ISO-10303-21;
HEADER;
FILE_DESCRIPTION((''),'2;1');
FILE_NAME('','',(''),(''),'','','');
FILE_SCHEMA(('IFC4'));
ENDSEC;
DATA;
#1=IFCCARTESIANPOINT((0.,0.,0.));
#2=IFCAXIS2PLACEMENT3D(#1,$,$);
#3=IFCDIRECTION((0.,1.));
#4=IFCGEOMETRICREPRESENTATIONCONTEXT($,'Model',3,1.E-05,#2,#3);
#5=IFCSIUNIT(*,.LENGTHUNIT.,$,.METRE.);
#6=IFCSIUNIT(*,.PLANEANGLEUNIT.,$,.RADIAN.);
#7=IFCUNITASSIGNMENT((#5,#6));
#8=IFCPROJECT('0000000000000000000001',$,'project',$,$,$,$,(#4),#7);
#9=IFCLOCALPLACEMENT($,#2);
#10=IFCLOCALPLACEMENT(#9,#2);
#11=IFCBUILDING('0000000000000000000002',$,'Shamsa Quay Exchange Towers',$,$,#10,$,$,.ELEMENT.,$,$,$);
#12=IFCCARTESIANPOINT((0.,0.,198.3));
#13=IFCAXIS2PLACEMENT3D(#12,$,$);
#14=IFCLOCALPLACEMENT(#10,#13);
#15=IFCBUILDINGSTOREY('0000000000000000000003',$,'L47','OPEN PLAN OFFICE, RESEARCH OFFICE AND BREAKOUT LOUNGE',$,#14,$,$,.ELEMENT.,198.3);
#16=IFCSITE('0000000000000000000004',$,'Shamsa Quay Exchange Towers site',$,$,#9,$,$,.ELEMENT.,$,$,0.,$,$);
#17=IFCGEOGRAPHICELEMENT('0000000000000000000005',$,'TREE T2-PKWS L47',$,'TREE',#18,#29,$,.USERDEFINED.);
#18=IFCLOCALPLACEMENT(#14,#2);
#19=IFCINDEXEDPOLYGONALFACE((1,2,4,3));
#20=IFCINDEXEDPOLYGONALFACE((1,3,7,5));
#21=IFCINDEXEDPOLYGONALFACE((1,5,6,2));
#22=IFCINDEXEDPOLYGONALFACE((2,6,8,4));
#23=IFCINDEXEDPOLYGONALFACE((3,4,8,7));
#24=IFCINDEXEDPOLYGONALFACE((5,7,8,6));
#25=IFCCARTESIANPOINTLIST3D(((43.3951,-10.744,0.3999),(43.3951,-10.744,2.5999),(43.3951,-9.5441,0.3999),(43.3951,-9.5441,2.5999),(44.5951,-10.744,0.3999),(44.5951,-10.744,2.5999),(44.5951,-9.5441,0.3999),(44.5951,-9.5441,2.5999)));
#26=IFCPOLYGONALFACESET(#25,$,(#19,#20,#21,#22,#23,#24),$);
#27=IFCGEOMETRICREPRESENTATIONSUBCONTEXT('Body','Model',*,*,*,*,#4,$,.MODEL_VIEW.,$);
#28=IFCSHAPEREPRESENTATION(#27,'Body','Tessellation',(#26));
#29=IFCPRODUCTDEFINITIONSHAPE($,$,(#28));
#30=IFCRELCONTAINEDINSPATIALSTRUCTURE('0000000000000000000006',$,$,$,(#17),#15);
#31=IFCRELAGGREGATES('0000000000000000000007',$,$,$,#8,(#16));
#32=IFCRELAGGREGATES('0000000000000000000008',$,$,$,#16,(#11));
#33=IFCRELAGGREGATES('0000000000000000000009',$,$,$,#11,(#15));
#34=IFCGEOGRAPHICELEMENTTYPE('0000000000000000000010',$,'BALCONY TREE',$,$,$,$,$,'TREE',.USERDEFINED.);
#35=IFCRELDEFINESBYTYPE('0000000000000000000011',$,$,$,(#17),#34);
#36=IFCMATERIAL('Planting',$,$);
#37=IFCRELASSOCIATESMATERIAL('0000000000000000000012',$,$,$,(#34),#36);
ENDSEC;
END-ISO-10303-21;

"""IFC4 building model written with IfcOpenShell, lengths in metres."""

from ifc_helpers import new_model, si_unit, direction, frame, origin, origin_2d, place, context, subcontext, project, spatial, rectangle, extrude, material, type_object, element, save


model = new_model("IFC4")

# Units and contexts
model_context = context("Model", 3, precision=1e-05, world=origin(), true_north=direction((0.0, 1.0)))
body_context = subcontext(model_context, "Body", "Model", "MODEL_VIEW")
ifc_project = project(units=[si_unit("LENGTHUNIT", "METRE"), si_unit("PLANEANGLEUNIT", "RADIAN")], contexts=[model_context])

# Site, building, storey
site_placement = place(None, origin())
site = spatial("IfcSite", under=ifc_project, at=site_placement, Name="Shamsa Quay Exchange Towers site", CompositionType="ELEMENT", RefElevation=0.0)
building_placement = place(site_placement, origin())
building = spatial("IfcBuilding", under=site, at=building_placement, Name="Shamsa Quay Exchange Towers", CompositionType="ELEMENT")
storey_placement = place(building_placement, frame((0.0, 0.0, 198.3)))
storey = spatial("IfcBuildingStorey", under=building, at=storey_placement, Name="L47", Description="OPEN PLAN OFFICE, RESEARCH OFFICE AND BREAKOUT LOUNGE", CompositionType="ELEMENT", Elevation=198.3)

# Geographic element
ifc_material_1 = material(Name="Planting")
geographic_element_type = type_object("IfcGeographicElementType", Name="BALCONY TREE", ElementType="TREE", PredefinedType="USERDEFINED", material=ifc_material_1)
geographic_element_placement = place(storey_placement, frame((43.9951, -10.144, 0.3999), z_axis=(0.0, 0.0, 1.0), x_axis=(0.0, 1.0, 0.0)))
element("IfcGeographicElement", 1, at=geographic_element_placement, inside=storey, type_object=geographic_element_type, Name="TREE T2-PKWS L47", ObjectType="TREE", PredefinedType="USERDEFINED", context=body_context, shape_type="SweptSolid", body=[
    extrude(rectangle(XDim=1.2, YDim=1.2, at=origin_2d()), origin(), (0.0, 0.0, 1.0), 2.2),
])

save(model, "model.ifc")
